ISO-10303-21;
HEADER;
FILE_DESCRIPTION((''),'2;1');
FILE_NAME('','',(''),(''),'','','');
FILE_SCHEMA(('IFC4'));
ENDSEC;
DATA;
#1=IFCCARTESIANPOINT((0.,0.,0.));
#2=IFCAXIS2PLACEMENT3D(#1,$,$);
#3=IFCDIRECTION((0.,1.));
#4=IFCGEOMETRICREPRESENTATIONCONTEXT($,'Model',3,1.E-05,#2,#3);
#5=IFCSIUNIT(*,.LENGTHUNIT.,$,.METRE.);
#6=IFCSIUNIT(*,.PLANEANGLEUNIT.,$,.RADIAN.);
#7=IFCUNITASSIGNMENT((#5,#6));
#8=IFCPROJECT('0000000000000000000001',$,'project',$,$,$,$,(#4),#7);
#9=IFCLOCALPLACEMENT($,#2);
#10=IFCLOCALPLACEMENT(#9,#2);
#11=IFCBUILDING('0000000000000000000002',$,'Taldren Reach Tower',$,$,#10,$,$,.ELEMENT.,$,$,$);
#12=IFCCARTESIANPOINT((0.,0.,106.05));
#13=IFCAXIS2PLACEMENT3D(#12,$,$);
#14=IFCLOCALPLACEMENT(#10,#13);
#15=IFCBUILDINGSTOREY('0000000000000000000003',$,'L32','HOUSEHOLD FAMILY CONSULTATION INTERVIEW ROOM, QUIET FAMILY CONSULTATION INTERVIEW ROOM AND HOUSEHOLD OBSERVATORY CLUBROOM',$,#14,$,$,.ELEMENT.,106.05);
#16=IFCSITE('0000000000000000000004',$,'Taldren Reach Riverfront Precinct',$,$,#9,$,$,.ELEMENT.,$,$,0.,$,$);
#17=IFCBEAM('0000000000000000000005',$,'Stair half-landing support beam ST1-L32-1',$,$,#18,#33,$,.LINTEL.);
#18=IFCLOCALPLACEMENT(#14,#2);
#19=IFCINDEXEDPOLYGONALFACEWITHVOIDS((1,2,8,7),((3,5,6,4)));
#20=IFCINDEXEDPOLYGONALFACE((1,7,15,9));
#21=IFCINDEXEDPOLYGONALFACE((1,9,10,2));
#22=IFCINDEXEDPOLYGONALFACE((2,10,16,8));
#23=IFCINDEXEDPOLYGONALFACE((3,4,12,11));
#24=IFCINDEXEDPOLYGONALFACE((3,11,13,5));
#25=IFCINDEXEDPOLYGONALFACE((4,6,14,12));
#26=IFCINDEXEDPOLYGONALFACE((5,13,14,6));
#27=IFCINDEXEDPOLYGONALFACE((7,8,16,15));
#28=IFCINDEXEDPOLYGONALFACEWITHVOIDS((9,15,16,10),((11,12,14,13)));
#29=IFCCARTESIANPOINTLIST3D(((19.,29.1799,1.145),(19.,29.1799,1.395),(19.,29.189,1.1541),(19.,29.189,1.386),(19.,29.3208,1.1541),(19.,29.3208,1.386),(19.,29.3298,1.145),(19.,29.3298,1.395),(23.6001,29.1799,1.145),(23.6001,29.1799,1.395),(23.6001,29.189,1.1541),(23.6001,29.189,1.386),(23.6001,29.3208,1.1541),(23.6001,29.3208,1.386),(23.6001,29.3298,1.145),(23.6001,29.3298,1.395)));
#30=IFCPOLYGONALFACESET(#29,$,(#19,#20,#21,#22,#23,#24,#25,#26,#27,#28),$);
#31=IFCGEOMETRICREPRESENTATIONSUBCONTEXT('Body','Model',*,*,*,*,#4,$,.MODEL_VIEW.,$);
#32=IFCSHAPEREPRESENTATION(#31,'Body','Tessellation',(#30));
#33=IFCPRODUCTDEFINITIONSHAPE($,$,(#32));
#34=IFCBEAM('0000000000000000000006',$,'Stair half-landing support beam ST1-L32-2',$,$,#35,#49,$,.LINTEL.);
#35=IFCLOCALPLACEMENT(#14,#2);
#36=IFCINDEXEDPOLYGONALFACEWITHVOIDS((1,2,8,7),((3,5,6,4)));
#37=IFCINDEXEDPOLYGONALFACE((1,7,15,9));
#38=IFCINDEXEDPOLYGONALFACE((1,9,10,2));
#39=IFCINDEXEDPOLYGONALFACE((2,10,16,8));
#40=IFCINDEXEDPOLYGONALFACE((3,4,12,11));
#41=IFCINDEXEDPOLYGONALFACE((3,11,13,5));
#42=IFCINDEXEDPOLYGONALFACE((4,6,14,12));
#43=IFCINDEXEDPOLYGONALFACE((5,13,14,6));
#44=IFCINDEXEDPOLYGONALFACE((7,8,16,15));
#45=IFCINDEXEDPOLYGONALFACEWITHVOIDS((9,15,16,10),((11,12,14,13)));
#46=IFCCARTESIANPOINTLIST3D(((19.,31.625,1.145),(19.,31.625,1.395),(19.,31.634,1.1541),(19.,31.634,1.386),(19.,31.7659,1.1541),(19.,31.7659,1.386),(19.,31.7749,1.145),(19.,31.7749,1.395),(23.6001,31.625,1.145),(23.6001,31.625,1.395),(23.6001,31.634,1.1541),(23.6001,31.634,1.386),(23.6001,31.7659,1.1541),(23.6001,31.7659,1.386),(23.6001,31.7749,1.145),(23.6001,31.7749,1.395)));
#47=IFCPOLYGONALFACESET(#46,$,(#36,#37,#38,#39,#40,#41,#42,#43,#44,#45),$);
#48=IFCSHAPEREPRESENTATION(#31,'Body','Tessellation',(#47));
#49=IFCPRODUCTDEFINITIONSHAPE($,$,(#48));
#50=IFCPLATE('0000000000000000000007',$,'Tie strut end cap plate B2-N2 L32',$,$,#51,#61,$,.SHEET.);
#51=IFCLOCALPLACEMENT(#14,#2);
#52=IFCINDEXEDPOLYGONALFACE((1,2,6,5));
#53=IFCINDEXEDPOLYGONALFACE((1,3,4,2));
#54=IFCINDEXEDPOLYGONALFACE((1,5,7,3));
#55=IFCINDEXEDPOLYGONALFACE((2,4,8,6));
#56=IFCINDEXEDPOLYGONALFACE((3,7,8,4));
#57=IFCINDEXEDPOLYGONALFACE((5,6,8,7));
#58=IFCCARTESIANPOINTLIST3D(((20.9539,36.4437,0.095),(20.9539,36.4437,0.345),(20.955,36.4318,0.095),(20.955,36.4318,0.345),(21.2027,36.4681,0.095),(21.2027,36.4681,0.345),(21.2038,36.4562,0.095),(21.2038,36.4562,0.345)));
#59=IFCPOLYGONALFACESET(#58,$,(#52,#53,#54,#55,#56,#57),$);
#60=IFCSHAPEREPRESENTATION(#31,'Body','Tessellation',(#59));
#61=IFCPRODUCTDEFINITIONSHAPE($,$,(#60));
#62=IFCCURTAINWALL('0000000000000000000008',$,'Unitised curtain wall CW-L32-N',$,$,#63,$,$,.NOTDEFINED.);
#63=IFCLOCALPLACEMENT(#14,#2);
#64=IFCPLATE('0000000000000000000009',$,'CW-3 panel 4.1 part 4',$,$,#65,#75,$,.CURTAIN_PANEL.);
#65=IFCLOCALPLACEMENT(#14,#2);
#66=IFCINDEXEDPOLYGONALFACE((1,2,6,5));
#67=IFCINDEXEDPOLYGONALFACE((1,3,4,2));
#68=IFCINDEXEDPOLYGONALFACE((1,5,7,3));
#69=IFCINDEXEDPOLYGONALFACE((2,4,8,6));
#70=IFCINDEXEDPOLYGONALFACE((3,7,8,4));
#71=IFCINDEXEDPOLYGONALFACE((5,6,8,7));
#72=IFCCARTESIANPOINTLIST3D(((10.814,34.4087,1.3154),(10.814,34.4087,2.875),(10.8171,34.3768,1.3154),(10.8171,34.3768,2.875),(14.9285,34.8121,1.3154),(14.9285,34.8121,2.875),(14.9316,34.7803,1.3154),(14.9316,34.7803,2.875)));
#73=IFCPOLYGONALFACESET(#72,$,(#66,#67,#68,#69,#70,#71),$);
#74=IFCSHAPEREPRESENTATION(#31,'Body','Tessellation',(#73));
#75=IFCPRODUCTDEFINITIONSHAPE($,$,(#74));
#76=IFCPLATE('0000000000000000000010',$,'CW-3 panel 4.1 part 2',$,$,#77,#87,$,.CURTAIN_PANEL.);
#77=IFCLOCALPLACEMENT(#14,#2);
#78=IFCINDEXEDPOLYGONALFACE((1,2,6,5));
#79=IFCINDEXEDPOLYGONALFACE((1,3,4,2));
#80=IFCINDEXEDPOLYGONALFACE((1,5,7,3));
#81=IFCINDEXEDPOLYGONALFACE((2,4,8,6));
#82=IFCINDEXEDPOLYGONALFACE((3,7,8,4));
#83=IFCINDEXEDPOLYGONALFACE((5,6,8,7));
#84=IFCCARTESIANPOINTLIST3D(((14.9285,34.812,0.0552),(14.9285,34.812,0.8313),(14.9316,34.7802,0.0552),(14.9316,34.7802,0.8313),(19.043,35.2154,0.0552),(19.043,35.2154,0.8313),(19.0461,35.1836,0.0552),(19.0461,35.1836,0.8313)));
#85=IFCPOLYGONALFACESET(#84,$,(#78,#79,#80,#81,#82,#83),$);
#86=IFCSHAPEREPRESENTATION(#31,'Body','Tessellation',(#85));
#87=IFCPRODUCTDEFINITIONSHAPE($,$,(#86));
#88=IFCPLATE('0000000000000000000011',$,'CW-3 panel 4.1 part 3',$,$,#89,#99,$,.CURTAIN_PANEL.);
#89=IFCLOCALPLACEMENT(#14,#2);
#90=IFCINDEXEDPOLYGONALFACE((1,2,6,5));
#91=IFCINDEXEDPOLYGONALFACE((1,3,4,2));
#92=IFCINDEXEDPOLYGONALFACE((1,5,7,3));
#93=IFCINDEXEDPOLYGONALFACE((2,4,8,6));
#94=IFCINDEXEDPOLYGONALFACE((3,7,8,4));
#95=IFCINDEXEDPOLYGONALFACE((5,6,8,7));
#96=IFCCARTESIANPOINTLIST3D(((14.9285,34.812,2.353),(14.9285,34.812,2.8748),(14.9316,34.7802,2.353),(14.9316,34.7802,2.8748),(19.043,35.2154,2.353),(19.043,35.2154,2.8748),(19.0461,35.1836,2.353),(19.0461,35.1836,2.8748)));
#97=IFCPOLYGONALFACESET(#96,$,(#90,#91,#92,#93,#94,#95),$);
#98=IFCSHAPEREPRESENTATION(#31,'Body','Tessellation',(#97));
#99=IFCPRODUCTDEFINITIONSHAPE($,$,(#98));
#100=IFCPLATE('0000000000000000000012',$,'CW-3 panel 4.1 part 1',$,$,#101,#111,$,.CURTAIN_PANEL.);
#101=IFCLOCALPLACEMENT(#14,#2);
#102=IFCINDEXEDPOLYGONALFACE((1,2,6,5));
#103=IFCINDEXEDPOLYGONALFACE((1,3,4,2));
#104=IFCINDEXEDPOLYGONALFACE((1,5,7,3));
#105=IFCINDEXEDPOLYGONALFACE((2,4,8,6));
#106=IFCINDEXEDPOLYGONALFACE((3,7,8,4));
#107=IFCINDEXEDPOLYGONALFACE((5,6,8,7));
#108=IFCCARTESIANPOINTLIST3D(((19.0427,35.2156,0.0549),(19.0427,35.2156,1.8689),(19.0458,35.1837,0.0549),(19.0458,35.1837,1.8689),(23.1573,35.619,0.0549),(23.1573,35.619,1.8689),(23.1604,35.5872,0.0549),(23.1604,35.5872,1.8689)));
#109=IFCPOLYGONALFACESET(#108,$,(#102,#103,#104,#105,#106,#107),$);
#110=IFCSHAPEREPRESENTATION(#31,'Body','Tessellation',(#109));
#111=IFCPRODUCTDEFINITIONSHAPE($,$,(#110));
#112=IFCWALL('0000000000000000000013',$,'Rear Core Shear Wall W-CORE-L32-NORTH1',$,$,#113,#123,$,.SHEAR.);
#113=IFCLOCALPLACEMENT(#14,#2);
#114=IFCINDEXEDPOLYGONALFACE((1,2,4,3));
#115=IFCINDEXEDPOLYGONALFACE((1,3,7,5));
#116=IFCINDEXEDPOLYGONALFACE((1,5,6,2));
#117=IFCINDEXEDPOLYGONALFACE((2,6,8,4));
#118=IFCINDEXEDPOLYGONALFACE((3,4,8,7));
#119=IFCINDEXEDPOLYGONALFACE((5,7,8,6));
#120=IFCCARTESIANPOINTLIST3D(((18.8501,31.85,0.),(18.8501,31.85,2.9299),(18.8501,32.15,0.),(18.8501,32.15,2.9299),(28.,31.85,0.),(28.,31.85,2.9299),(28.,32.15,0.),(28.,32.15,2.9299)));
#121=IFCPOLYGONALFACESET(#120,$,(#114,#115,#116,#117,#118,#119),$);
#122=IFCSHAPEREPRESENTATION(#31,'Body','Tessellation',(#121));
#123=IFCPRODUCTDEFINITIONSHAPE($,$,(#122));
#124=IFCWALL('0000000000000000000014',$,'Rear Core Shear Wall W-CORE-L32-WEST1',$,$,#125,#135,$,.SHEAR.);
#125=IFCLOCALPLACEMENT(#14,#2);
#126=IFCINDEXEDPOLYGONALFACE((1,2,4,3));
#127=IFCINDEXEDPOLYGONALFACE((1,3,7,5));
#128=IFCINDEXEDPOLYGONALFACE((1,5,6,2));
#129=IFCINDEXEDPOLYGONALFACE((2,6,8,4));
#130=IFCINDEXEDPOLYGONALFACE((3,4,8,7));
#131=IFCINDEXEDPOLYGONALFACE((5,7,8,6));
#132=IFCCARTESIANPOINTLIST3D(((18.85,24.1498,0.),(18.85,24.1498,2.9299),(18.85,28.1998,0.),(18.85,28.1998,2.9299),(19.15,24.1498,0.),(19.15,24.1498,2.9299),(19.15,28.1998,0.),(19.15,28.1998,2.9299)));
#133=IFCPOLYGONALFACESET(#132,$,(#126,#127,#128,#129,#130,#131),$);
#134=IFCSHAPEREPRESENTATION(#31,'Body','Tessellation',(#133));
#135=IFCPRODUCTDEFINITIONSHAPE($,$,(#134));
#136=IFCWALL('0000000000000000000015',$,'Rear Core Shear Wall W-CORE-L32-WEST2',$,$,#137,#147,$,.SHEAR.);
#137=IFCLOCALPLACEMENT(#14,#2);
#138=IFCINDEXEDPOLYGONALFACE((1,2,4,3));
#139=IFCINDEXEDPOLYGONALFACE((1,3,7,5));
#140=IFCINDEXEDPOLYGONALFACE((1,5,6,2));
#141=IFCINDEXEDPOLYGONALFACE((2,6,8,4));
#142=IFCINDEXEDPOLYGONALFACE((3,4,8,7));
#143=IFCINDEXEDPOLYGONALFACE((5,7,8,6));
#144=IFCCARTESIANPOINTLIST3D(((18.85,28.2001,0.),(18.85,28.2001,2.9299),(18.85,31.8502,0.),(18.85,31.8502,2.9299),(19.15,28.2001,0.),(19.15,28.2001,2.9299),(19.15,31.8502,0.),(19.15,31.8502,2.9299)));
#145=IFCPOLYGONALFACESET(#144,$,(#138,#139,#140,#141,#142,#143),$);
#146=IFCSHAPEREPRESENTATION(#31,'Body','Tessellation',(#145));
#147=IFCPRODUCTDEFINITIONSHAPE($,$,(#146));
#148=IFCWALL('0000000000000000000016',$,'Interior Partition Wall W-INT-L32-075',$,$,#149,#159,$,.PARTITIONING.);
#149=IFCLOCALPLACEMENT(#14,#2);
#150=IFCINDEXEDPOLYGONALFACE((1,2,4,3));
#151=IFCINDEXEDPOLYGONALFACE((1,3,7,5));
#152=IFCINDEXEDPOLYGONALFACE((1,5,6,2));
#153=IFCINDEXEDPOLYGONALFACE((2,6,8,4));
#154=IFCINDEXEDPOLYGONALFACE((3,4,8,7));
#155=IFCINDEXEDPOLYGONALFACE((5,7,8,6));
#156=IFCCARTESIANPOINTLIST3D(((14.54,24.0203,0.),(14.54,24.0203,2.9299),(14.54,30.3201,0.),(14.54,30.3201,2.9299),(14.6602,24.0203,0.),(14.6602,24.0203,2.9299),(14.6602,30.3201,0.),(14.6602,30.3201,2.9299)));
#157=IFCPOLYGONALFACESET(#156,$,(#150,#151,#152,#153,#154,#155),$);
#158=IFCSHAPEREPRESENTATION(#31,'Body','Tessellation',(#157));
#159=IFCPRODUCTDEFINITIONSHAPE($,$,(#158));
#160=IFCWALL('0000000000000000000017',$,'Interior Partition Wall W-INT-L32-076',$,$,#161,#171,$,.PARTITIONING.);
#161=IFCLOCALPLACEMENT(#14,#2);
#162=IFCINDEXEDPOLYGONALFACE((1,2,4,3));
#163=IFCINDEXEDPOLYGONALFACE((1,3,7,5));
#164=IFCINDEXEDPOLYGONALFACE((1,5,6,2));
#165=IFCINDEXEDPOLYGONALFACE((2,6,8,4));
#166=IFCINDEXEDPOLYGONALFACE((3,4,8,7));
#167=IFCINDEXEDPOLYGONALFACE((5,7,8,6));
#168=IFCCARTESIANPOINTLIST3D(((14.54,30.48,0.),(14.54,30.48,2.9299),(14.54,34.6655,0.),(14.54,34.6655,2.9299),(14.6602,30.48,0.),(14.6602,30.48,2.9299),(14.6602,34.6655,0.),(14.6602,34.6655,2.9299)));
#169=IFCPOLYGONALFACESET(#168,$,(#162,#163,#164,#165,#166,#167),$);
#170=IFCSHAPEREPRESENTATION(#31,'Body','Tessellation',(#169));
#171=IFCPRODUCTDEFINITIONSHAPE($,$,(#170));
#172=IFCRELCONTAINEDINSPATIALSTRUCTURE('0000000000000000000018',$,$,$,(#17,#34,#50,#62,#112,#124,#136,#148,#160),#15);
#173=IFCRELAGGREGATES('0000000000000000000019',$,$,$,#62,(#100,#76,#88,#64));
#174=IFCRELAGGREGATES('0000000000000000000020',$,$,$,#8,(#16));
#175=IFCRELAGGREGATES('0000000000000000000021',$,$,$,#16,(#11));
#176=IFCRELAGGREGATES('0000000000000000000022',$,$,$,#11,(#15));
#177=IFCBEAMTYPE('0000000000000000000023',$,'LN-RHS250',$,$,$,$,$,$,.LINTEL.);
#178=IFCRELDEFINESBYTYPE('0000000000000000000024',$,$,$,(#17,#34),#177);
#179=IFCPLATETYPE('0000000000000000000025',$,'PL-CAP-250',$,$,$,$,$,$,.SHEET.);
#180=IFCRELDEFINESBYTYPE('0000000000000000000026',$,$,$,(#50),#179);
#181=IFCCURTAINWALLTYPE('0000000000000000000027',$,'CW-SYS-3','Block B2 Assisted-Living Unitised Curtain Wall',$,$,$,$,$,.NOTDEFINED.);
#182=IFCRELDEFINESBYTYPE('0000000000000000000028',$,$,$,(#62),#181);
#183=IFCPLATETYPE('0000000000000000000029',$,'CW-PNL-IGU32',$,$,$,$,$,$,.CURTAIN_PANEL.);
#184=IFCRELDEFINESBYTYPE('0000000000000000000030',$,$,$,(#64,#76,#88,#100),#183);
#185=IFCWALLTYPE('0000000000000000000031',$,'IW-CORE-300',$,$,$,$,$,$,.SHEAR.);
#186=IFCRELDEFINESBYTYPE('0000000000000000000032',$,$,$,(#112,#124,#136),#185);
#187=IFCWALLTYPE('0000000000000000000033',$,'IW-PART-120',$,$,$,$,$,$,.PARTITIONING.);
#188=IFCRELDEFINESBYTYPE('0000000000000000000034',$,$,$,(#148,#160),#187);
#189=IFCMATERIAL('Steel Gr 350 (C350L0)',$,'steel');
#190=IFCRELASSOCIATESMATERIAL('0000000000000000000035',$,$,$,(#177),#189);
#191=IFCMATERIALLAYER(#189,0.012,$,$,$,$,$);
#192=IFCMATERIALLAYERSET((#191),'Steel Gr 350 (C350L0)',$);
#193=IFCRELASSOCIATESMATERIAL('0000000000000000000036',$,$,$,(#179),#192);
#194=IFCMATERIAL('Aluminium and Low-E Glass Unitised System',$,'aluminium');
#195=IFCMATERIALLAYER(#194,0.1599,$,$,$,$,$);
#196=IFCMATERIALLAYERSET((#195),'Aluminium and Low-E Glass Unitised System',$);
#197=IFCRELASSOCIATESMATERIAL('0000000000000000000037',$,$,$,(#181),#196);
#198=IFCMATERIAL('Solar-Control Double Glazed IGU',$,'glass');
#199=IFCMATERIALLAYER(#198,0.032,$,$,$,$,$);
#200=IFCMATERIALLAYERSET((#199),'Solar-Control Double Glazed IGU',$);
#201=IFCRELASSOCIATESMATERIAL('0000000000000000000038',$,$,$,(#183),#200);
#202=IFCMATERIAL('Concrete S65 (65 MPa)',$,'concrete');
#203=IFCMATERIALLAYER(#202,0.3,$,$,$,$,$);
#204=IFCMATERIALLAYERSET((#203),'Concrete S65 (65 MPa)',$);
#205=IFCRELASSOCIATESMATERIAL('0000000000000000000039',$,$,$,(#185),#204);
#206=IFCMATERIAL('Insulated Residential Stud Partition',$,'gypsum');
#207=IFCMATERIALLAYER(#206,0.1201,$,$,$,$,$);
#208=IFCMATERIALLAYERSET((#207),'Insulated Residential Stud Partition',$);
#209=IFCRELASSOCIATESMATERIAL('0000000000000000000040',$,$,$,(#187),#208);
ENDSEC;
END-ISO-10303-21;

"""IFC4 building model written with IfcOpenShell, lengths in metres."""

from ifc_helpers import new_model, si_unit, direction, frame, frame_2d, origin, origin_2d, place, context, subcontext, project, spatial, rectangle, hollow_rectangle, extrude, source, transform, mapped, material, layer, layer_set, material_profile, profile_set, type_object, element, aggregate, save


model = new_model("IFC4")

# Units and contexts
model_context = context("Model", 3, precision=1e-05, world=origin(), true_north=direction((0.0, 1.0)))
body_context = subcontext(model_context, "Body", "Model", "MODEL_VIEW")
ifc_project = project(units=[si_unit("LENGTHUNIT", "METRE"), si_unit("PLANEANGLEUNIT", "RADIAN")], contexts=[model_context])

# Site, building, storey
site_placement = place(None, origin())
site = spatial("IfcSite", under=ifc_project, at=site_placement, Name="Taldren Reach Riverfront Precinct", CompositionType="ELEMENT", RefElevation=0.0)
building_placement = place(site_placement, origin())
building = spatial("IfcBuilding", under=site, at=building_placement, Name="Taldren Reach Tower", CompositionType="ELEMENT")
storey_placement = place(building_placement, frame((0.0, 0.0, 106.05)))
storey = spatial("IfcBuildingStorey", under=building, at=storey_placement, Name="L32", Description="HOUSEHOLD FAMILY CONSULTATION INTERVIEW ROOM, QUIET FAMILY CONSULTATION INTERVIEW ROOM AND HOUSEHOLD OBSERVATORY CLUBROOM", CompositionType="ELEMENT", Elevation=106.05)

# Shared definitions
ifc_material_1 = material(Name="Concrete S65 (65 MPa)", Category="concrete")

# Shared definitions
ifc_material_2 = material(Name="Steel Gr 350 (C350L0)", Category="steel")

# Beams
ifc_material_profile_1 = material_profile(ifc_material_2, hollow_rectangle(XDim=0.1499, YDim=0.25, WallThickness=0.009, at=origin_2d()), Name="250x150x9.0RHS")
ifc_profile_set_1 = profile_set([ifc_material_profile_1], Name="Steel Gr 350 (C350L0)")
beam_type_1 = type_object("IfcBeamType", Name="LN-RHS250", PredefinedType="LINTEL", material=ifc_profile_set_1)
shared_shape_1 = source(origin(), body_context, "Body", "SweptSolid", [
    extrude(hollow_rectangle(XDim=0.1499, YDim=0.25, WallThickness=0.009, at=origin_2d()), origin(), (0.0, 0.0, 1.0), 4.6001),
])
for number, where, z_axis, x_axis, name in (
    (1, (19.0, 29.2549, 1.27), (1.0, 0.0, 0.0), (0.0, 1.0, 0.0), "Stair half-landing support beam ST1-L32-1"),
    (2, (19.0, 31.7, 1.27), (1.0, 0.0, 0.0), (0.0, 1.0, 0.0), "Stair half-landing support beam ST1-L32-2"),
):
    element("IfcBeam", number, at=place(storey_placement, frame(where, z_axis=z_axis, x_axis=x_axis)), inside=storey, type_object=beam_type_1, Name=name, PredefinedType="LINTEL", context=body_context, shape_type="MappedRepresentation", body=[
        mapped(shared_shape_1, transform((0.0, 0.0, 0.0), scale=1.0)),
    ])

# Plate
ifc_layer_1 = layer(ifc_material_2, 0.012)
ifc_layer_set_1 = layer_set([ifc_layer_1], Name="Steel Gr 350 (C350L0)")
plate_type_1 = type_object("IfcPlateType", Name="PL-CAP-250", PredefinedType="SHEET", material=ifc_layer_set_1)
shared_shape_2 = source(origin(), body_context, "Body", "SweptSolid", [
    extrude(rectangle(XDim=0.25, YDim=0.012, at=origin_2d()), origin(), (0.0, 0.0, 1.0), 0.25),
])
plate_1_placement = place(storey_placement, frame((21.0789, 36.45, 0.095), z_axis=(0.0, 0.0, 1.0), x_axis=(0.995227, 0.097583, 0.0)))
element("IfcPlate", 3, at=plate_1_placement, inside=storey, type_object=plate_type_1, Name="Tie strut end cap plate B2-N2 L32", PredefinedType="SHEET", context=body_context, shape_type="MappedRepresentation", body=[
    mapped(shared_shape_2, transform((0.0, 0.0, 0.0), scale=1.0)),
])

# Curtain wall, plates
ifc_material_3 = material(Name="Aluminium and Low-E Glass Unitised System", Category="aluminium")
ifc_layer_2 = layer(ifc_material_3, 0.1599)
ifc_layer_set_2 = layer_set([ifc_layer_2], Name="Aluminium and Low-E Glass Unitised System")
curtain_wall_type = type_object("IfcCurtainWallType", Name="CW-SYS-3", Description="Block B2 Assisted-Living Unitised Curtain Wall", PredefinedType="NOTDEFINED", material=ifc_layer_set_2)
curtain_wall_placement = place(storey_placement, origin())
curtain_wall = element("IfcCurtainWall", 4, at=curtain_wall_placement, inside=storey, type_object=curtain_wall_type, Name="Unitised curtain wall CW-L32-N", PredefinedType="NOTDEFINED")
ifc_material_4 = material(Name="Solar-Control Double Glazed IGU", Category="glass")
ifc_layer_3 = layer(ifc_material_4, 0.032)
ifc_layer_set_3 = layer_set([ifc_layer_3], Name="Solar-Control Double Glazed IGU")
plate_type_2 = type_object("IfcPlateType", Name="CW-PNL-IGU32", PredefinedType="CURTAIN_PANEL", material=ifc_layer_set_3)
shared_shape_3 = source(origin(), body_context, "Body", "SweptSolid", [
    extrude(rectangle(XDim=4.1343, YDim=0.032, at=origin_2d()), origin(), (0.0, 0.0, 1.0), 1.5596),
])
plate_2_placement = place(storey_placement, frame((12.8728, 34.5945, 1.3154), z_axis=(0.0, 0.0, 1.0), x_axis=(-0.995227, -0.097583, 0.0)))
plate_2 = element("IfcPlate", 5, at=plate_2_placement, type_object=plate_type_2, Name="CW-3 panel 4.1 part 4", PredefinedType="CURTAIN_PANEL", context=body_context, shape_type="MappedRepresentation", body=[
    mapped(shared_shape_3, transform((0.0, 0.0, 0.0), scale=1.0)),
])
shared_shape_4 = source(origin(), body_context, "Body", "SweptSolid", [
    extrude(rectangle(XDim=4.1343, YDim=0.032, at=origin_2d()), origin(), (0.0, 0.0, 1.0), 0.7761),
])
plate_3_placement = place(storey_placement, frame((16.9873, 34.9978, 0.0552), z_axis=(0.0, 0.0, 1.0), x_axis=(-0.995227, -0.097583, 0.0)))
plate_3 = element("IfcPlate", 6, at=plate_3_placement, type_object=plate_type_2, Name="CW-3 panel 4.1 part 2", PredefinedType="CURTAIN_PANEL", context=body_context, shape_type="MappedRepresentation", body=[
    mapped(shared_shape_4, transform((0.0, 0.0, 0.0), scale=1.0)),
])
shared_shape_5 = source(origin(), body_context, "Body", "SweptSolid", [
    extrude(rectangle(XDim=4.1343, YDim=0.032, at=origin_2d()), origin(), (0.0, 0.0, 1.0), 0.5217),
])
plate_4_placement = place(storey_placement, frame((16.9873, 34.9978, 2.353), z_axis=(0.0, 0.0, 1.0), x_axis=(-0.995227, -0.097583, 0.0)))
plate_4 = element("IfcPlate", 7, at=plate_4_placement, type_object=plate_type_2, Name="CW-3 panel 4.1 part 3", PredefinedType="CURTAIN_PANEL", context=body_context, shape_type="MappedRepresentation", body=[
    mapped(shared_shape_5, transform((0.0, 0.0, 0.0), scale=1.0)),
])
shared_shape_6 = source(origin(), body_context, "Body", "SweptSolid", [
    extrude(rectangle(XDim=4.1343, YDim=0.032, at=origin_2d()), origin(), (0.0, 0.0, 1.0), 1.814),
])
plate_5_placement = place(storey_placement, frame((21.1016, 35.4014, 0.0549), z_axis=(0.0, 0.0, 1.0), x_axis=(-0.995227, -0.097583, 0.0)))
plate_5 = element("IfcPlate", 8, at=plate_5_placement, type_object=plate_type_2, Name="CW-3 panel 4.1 part 1", PredefinedType="CURTAIN_PANEL", context=body_context, shape_type="MappedRepresentation", body=[
    mapped(shared_shape_6, transform((0.0, 0.0, 0.0), scale=1.0)),
])
aggregate(curtain_wall, [plate_5, plate_3, plate_4, plate_2])

# Walls
ifc_layer_4 = layer(ifc_material_1, 0.3)
ifc_layer_set_4 = layer_set([ifc_layer_4], Name="Concrete S65 (65 MPa)")
wall_type_1 = type_object("IfcWallType", Name="IW-CORE-300", PredefinedType="SHEAR", material=ifc_layer_set_4)
shared_shape_7 = source(origin(), body_context, "Body", "SweptSolid", [
    extrude(rectangle(XDim=9.1499, YDim=0.3, at=frame_2d((4.575, 0.0))), origin(), (0.0, 0.0, 1.0), 2.9299),
])
wall_1_placement = place(storey_placement, frame((18.8501, 32.0, 0.0), z_axis=(0.0, 0.0, 1.0), x_axis=(1.0, 0.0, 0.0)))
element("IfcWall", 9, at=wall_1_placement, inside=storey, type_object=wall_type_1, Name="Rear Core Shear Wall W-CORE-L32-NORTH1", PredefinedType="SHEAR", context=body_context, shape_type="MappedRepresentation", body=[
    mapped(shared_shape_7, transform((0.0, 0.0, 0.0), scale=1.0)),
])
shared_shape_8 = source(origin(), body_context, "Body", "SweptSolid", [
    extrude(rectangle(XDim=4.05, YDim=0.3, at=frame_2d((2.0249, 0.0))), origin(), (0.0, 0.0, 1.0), 2.9299),
])
wall_2_placement = place(storey_placement, frame((19.0, 24.1499, 0.0), z_axis=(0.0, 0.0, 1.0), x_axis=(0.0, 1.0, 0.0)))
element("IfcWall", 10, at=wall_2_placement, inside=storey, type_object=wall_type_1, Name="Rear Core Shear Wall W-CORE-L32-WEST1", PredefinedType="SHEAR", context=body_context, shape_type="MappedRepresentation", body=[
    mapped(shared_shape_8, transform((0.0, 0.0, 0.0), scale=1.0)),
])
shared_shape_9 = source(origin(), body_context, "Body", "SweptSolid", [
    extrude(rectangle(XDim=3.6501, YDim=0.3, at=frame_2d((1.8252, 0.0))), origin(), (0.0, 0.0, 1.0), 2.9299),
])
wall_3_placement = place(storey_placement, frame((19.0, 28.2, 0.0), z_axis=(0.0, 0.0, 1.0), x_axis=(0.0, 1.0, 0.0)))
element("IfcWall", 11, at=wall_3_placement, inside=storey, type_object=wall_type_1, Name="Rear Core Shear Wall W-CORE-L32-WEST2", PredefinedType="SHEAR", context=body_context, shape_type="MappedRepresentation", body=[
    mapped(shared_shape_9, transform((0.0, 0.0, 0.0), scale=1.0)),
])
ifc_material_5 = material(Name="Insulated Residential Stud Partition", Category="gypsum")
ifc_layer_5 = layer(ifc_material_5, 0.1201)
ifc_layer_set_5 = layer_set([ifc_layer_5], Name="Insulated Residential Stud Partition")
wall_type_2 = type_object("IfcWallType", Name="IW-PART-120", PredefinedType="PARTITIONING", material=ifc_layer_set_5)
shared_shape_10 = source(origin(), body_context, "Body", "SweptSolid", [
    extrude(rectangle(XDim=6.2998, YDim=0.1201, at=frame_2d((3.1499, 0.0))), origin(), (0.0, 0.0, 1.0), 2.9299),
])
wall_4_placement = place(storey_placement, frame((14.6001, 30.3201, 0.0), z_axis=(0.0, 0.0, 1.0), x_axis=(0.0, -1.0, 0.0)))
element("IfcWall", 12, at=wall_4_placement, inside=storey, type_object=wall_type_2, Name="Interior Partition Wall W-INT-L32-075", PredefinedType="PARTITIONING", context=body_context, shape_type="MappedRepresentation", body=[
    mapped(shared_shape_10, transform((0.0, 0.0, 0.0), scale=1.0)),
])
shared_shape_11 = source(origin(), body_context, "Body", "SweptSolid", [
    extrude(rectangle(XDim=4.1855, YDim=0.1201, at=frame_2d((2.0928, 0.0))), origin(), (0.0, 0.0, 1.0), 2.9299),
])
wall_5_placement = place(storey_placement, frame((14.6001, 34.6655, 0.0), z_axis=(0.0, 0.0, 1.0), x_axis=(0.0, -1.0, 0.0)))
element("IfcWall", 13, at=wall_5_placement, inside=storey, type_object=wall_type_2, Name="Interior Partition Wall W-INT-L32-076", PredefinedType="PARTITIONING", context=body_context, shape_type="MappedRepresentation", body=[
    mapped(shared_shape_11, transform((0.0, 0.0, 0.0), scale=1.0)),
])

save(model, "model.ifc")
